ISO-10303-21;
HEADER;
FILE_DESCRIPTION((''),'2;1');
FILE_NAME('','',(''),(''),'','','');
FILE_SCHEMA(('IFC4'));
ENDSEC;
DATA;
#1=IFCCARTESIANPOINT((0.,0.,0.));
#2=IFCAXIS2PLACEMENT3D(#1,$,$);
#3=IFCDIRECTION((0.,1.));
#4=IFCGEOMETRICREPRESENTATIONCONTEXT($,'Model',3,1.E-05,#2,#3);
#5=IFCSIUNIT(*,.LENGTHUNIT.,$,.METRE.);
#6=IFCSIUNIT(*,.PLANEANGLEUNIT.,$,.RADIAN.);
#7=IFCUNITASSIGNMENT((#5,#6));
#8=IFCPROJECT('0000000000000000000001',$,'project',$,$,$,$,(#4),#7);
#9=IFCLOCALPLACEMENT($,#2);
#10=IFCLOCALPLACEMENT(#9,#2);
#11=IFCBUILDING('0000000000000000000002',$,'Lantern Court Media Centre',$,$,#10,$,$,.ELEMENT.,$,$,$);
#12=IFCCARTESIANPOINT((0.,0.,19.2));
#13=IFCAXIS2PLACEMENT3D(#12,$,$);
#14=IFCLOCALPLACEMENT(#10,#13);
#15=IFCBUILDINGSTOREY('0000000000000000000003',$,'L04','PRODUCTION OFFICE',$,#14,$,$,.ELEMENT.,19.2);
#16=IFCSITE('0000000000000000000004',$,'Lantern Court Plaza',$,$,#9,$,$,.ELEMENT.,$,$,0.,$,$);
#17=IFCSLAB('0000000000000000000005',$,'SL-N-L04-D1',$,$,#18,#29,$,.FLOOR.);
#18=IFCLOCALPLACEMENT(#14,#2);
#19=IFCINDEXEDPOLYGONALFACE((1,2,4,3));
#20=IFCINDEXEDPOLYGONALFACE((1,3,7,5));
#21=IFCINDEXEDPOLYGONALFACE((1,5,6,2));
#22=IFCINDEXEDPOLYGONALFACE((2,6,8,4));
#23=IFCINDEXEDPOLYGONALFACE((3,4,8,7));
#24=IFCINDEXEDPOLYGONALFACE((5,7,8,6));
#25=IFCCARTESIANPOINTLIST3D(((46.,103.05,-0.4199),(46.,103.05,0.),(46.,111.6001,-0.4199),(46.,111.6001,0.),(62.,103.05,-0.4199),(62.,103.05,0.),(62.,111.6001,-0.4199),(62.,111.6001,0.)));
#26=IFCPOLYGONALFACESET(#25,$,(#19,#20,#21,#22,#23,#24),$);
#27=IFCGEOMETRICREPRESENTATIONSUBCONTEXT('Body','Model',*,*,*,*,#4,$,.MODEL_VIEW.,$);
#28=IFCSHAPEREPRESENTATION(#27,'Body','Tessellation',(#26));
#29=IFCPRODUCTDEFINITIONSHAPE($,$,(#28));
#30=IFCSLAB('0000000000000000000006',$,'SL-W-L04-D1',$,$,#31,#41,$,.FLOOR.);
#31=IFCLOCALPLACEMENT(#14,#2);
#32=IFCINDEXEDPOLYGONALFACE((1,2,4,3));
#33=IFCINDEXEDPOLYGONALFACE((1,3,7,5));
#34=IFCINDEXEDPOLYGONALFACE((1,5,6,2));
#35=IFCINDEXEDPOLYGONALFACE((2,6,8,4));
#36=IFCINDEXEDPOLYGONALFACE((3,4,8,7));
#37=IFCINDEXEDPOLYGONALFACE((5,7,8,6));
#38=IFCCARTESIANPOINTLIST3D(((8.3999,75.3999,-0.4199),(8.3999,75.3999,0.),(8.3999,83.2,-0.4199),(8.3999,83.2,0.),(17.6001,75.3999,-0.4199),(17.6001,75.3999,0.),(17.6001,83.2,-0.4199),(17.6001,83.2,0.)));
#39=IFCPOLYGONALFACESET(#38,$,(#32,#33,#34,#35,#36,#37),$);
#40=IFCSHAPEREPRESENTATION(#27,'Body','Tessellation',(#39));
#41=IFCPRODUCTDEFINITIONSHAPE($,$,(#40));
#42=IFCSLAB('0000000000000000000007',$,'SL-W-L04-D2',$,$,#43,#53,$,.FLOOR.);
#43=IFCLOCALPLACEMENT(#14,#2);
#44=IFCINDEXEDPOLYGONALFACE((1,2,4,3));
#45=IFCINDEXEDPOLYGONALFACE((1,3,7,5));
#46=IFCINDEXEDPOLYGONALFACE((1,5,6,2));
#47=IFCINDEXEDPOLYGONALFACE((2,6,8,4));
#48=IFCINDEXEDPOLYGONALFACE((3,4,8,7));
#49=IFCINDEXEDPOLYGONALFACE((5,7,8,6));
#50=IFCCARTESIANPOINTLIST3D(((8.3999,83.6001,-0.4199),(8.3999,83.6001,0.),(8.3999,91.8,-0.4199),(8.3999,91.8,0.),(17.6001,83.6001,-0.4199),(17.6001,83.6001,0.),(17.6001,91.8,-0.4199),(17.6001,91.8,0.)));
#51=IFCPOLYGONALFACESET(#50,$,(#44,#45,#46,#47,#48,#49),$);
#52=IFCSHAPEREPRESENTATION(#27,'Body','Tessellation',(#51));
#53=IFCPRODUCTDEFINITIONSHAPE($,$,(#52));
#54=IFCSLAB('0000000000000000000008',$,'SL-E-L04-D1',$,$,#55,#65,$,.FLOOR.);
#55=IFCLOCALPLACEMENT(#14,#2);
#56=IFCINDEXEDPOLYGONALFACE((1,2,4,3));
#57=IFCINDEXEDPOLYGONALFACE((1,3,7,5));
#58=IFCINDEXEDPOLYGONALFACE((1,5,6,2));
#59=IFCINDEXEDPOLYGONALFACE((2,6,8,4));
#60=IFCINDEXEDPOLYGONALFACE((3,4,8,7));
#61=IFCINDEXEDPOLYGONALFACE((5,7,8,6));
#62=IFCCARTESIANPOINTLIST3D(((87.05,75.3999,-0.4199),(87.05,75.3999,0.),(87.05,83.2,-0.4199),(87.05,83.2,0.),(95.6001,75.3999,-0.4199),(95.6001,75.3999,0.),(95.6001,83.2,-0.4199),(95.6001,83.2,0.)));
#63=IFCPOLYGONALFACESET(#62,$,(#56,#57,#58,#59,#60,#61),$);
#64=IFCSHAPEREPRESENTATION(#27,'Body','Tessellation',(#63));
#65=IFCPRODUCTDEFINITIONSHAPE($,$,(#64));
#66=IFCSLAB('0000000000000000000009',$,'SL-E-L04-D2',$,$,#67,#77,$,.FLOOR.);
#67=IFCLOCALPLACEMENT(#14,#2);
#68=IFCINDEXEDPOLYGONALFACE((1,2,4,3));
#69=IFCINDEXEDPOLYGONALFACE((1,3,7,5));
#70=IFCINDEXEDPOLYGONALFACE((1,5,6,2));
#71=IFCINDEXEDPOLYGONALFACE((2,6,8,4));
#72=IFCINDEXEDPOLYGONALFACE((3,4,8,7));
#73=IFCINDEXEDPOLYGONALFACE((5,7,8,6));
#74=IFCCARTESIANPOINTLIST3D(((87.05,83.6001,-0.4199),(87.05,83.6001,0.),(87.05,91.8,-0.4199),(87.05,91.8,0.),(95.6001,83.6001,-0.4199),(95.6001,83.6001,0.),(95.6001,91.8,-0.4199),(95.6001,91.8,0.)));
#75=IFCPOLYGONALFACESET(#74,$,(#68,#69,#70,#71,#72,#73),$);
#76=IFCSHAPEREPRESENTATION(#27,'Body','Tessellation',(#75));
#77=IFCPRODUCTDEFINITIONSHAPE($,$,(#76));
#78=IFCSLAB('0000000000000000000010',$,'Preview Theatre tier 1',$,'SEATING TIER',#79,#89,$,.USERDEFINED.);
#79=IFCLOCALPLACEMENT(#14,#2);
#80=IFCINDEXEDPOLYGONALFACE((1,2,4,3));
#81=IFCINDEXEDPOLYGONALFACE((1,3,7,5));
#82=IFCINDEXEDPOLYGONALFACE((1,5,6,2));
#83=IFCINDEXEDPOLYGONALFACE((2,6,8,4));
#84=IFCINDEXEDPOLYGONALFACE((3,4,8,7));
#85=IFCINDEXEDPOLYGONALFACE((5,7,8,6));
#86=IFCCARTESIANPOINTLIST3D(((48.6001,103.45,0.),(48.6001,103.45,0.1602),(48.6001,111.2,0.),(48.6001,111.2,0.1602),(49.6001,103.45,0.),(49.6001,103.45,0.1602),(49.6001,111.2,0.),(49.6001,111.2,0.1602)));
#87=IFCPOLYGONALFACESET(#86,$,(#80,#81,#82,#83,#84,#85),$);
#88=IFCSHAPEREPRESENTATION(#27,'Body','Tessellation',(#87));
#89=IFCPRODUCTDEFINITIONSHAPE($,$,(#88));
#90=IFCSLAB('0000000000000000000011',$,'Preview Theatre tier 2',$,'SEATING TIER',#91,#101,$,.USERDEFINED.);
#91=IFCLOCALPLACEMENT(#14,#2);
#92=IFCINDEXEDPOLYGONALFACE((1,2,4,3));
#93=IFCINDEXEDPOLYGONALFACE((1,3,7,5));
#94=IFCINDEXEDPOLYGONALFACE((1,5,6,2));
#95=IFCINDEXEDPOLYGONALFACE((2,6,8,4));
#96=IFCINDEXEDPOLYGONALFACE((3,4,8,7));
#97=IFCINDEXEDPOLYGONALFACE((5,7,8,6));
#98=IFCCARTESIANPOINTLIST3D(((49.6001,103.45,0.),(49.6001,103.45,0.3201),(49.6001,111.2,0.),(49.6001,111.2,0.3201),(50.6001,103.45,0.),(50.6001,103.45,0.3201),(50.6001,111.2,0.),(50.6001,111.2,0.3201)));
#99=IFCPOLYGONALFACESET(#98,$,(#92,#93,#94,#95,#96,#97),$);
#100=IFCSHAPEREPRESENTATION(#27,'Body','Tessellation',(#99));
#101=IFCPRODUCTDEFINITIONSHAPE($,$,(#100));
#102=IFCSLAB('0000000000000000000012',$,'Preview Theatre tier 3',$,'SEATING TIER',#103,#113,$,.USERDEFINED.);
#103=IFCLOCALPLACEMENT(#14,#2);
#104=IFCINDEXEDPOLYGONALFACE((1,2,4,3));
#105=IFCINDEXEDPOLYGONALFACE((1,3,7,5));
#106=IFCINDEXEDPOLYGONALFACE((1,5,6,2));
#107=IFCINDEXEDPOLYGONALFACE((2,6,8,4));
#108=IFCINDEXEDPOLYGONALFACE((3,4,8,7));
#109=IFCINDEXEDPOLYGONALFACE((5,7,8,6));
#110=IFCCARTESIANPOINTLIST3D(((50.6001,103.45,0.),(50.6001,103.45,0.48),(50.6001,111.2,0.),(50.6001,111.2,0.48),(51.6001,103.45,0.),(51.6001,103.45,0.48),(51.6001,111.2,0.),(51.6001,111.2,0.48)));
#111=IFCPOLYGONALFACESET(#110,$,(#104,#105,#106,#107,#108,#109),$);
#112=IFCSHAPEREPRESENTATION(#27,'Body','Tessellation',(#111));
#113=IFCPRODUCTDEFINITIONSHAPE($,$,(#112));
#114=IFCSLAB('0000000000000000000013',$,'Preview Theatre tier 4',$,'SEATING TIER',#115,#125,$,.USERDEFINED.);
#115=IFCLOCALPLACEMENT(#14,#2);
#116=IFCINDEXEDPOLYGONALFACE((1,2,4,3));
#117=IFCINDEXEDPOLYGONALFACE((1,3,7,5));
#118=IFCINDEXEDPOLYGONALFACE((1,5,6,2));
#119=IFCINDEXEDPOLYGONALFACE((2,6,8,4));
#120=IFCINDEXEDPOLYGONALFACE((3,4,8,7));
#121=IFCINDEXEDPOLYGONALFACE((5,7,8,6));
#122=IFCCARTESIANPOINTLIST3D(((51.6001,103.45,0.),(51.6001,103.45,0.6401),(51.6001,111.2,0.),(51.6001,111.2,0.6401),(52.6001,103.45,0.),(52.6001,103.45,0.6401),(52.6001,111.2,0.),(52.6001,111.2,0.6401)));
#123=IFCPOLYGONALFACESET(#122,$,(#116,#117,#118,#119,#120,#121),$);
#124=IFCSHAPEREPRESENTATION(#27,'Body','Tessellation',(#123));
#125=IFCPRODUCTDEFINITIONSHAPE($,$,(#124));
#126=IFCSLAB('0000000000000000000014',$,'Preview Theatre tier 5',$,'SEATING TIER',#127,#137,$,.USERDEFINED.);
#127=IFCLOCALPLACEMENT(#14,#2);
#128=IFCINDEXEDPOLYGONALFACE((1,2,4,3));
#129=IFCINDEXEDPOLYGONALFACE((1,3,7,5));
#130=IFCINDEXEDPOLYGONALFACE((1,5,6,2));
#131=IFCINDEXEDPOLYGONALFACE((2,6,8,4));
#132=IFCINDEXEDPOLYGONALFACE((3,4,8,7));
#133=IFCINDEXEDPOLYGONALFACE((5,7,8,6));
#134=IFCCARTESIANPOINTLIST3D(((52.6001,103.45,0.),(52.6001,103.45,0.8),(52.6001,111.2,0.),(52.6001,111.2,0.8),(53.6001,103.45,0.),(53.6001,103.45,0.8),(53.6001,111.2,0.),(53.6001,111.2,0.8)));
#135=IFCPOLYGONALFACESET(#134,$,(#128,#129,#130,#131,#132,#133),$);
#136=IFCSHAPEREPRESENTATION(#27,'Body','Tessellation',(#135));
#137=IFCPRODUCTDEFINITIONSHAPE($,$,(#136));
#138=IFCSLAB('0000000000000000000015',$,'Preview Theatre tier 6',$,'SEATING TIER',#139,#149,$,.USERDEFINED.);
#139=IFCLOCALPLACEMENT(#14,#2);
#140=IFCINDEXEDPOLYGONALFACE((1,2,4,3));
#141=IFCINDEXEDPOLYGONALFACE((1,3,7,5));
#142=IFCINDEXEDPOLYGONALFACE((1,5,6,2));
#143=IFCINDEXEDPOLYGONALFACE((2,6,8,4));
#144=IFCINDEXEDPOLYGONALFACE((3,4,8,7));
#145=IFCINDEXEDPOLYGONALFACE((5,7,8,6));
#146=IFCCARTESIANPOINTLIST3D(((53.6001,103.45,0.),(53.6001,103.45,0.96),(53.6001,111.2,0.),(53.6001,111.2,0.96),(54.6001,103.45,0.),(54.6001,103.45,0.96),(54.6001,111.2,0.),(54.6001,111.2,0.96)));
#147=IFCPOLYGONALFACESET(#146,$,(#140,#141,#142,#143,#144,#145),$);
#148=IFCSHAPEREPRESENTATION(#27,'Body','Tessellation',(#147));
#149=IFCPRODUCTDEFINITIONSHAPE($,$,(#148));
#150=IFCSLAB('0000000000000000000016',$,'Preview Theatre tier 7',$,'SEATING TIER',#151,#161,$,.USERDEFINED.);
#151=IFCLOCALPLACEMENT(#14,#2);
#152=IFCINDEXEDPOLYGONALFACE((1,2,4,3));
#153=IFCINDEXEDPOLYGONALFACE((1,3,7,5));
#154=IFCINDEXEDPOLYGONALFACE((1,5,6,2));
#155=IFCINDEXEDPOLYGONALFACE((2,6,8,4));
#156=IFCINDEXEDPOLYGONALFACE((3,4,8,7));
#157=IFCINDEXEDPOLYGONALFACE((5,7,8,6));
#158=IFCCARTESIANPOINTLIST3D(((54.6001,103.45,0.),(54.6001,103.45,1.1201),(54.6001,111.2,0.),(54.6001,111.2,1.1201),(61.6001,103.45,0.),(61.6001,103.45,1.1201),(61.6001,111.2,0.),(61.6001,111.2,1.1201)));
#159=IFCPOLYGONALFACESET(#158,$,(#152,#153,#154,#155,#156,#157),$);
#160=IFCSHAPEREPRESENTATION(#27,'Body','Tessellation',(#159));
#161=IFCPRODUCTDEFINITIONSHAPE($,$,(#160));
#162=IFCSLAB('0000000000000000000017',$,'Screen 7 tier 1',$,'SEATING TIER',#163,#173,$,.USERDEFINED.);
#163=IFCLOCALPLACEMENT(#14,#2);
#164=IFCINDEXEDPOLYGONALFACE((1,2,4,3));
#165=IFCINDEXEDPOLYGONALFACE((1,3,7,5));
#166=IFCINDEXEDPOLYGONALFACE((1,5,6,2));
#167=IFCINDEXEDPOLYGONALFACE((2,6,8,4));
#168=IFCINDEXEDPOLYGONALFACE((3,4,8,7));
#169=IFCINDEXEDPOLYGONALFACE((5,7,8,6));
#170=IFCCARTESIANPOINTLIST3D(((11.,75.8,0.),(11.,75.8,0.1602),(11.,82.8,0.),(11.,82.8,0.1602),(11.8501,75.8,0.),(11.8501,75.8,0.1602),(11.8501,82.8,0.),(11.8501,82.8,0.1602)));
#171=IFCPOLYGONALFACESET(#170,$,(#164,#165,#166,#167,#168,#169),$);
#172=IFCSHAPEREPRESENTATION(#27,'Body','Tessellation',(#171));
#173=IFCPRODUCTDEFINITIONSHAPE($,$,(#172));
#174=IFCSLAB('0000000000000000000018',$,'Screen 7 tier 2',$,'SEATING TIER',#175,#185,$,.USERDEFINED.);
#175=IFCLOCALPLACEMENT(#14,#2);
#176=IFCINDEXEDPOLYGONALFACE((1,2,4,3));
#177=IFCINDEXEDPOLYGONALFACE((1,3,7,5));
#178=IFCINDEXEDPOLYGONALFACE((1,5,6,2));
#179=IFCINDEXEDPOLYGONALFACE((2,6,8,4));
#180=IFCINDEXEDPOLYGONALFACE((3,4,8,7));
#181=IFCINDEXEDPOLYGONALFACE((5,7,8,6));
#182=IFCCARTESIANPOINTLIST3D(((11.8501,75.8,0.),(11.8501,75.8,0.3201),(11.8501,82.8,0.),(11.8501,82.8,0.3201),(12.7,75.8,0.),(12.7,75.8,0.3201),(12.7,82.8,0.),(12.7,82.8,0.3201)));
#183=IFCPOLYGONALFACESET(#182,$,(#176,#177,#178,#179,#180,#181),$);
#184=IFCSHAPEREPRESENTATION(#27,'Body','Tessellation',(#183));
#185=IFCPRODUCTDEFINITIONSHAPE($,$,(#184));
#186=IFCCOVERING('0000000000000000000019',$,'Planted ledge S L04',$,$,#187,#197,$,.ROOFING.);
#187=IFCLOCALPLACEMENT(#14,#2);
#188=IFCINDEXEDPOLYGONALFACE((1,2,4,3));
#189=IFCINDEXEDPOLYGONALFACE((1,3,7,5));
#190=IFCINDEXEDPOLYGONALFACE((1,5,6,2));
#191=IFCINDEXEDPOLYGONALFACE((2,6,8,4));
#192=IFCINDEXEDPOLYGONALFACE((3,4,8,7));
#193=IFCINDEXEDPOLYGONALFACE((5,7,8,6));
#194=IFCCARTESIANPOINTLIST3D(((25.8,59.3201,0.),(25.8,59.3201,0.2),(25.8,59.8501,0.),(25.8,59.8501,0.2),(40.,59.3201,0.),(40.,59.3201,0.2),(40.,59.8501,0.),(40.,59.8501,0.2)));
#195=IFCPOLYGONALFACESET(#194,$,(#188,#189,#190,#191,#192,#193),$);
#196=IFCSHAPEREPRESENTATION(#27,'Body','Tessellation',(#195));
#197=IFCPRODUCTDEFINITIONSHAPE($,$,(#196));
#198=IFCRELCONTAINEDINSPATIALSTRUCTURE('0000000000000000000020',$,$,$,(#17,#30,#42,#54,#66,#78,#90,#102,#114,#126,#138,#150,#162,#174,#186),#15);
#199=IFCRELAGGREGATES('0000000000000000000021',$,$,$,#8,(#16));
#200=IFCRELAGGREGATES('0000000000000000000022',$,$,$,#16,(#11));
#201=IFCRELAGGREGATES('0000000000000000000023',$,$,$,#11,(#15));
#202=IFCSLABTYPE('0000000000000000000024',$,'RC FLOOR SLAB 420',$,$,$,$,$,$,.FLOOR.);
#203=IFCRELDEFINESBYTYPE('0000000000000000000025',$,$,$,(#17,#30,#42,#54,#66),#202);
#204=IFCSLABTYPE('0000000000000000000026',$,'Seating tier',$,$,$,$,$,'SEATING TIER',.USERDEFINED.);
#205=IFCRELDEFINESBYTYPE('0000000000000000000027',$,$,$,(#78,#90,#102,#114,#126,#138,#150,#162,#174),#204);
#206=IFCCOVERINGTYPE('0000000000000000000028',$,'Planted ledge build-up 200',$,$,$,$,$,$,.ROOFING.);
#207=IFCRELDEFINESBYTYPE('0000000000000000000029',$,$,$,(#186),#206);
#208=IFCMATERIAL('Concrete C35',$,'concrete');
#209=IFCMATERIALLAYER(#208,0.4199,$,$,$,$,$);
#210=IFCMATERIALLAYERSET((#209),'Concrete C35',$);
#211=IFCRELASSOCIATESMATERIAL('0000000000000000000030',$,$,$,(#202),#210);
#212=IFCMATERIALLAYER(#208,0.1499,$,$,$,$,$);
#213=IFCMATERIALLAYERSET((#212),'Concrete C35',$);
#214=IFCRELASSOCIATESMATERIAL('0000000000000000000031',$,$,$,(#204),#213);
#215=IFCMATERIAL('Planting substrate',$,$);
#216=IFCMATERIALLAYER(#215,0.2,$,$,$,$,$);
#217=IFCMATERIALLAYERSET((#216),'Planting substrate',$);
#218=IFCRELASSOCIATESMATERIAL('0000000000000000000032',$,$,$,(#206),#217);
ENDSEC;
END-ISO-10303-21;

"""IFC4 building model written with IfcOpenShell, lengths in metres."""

from ifc_helpers import new_model, si_unit, direction, frame, origin, place, context, subcontext, project, spatial, polyline, outline, extrude, material, layer, layer_set, type_object, element, save


model = new_model("IFC4")

# Units and contexts
model_context = context("Model", 3, precision=1e-05, world=origin(), true_north=direction((0.0, 1.0)))
body_context = subcontext(model_context, "Body", "Model", "MODEL_VIEW")
ifc_project = project(units=[si_unit("LENGTHUNIT", "METRE"), si_unit("PLANEANGLEUNIT", "RADIAN")], contexts=[model_context])

# Site, building, storey
site_placement = place(None, origin())
site = spatial("IfcSite", under=ifc_project, at=site_placement, Name="Lantern Court Plaza", CompositionType="ELEMENT", RefElevation=0.0)
building_placement = place(site_placement, origin())
building = spatial("IfcBuilding", under=site, at=building_placement, Name="Lantern Court Media Centre", CompositionType="ELEMENT")
storey_placement = place(building_placement, frame((0.0, 0.0, 19.2)))
storey = spatial("IfcBuildingStorey", under=building, at=storey_placement, Name="L04", Description="PRODUCTION OFFICE", CompositionType="ELEMENT", Elevation=19.2)

# Slabs
ifc_material_1 = material(Name="Concrete C35", Category="concrete")
ifc_layer_1 = layer(ifc_material_1, 0.4199)
ifc_layer_set_1 = layer_set([ifc_layer_1], Name="Concrete C35")
slab_type_1 = type_object("IfcSlabType", Name="RC FLOOR SLAB 420", PredefinedType="FLOOR", material=ifc_layer_set_1)
slab_1_placement = place(storey_placement, frame((0.0, 0.0, -0.4199)))
element("IfcSlab", 1, at=slab_1_placement, inside=storey, type_object=slab_type_1, Name="SL-N-L04-D1", PredefinedType="FLOOR", context=body_context, shape_type="SweptSolid", body=[
    extrude(outline(polyline([(62.0, 103.05), (62.0, 111.6001), (46.0, 111.6001), (46.0, 103.05), (62.0, 103.05)])), origin(), (0.0, 0.0, 1.0), 0.4199),
])
slab_2_placement = place(storey_placement, frame((0.0, 0.0, -0.4199)))
element("IfcSlab", 2, at=slab_2_placement, inside=storey, type_object=slab_type_1, Name="SL-W-L04-D1", PredefinedType="FLOOR", context=body_context, shape_type="SweptSolid", body=[
    extrude(outline(polyline([(17.6001, 75.3999), (17.6001, 83.2), (8.3999, 83.2), (8.3999, 75.3999), (17.6001, 75.3999)])), origin(), (0.0, 0.0, 1.0), 0.4199),
])
slab_3_placement = place(storey_placement, frame((0.0, 0.0, -0.4199)))
element("IfcSlab", 3, at=slab_3_placement, inside=storey, type_object=slab_type_1, Name="SL-W-L04-D2", PredefinedType="FLOOR", context=body_context, shape_type="SweptSolid", body=[
    extrude(outline(polyline([(17.6001, 83.6001), (17.6001, 91.8), (8.3999, 91.8), (8.3999, 83.6001), (17.6001, 83.6001)])), origin(), (0.0, 0.0, 1.0), 0.4199),
])
slab_4_placement = place(storey_placement, frame((0.0, 0.0, -0.4199)))
element("IfcSlab", 4, at=slab_4_placement, inside=storey, type_object=slab_type_1, Name="SL-E-L04-D1", PredefinedType="FLOOR", context=body_context, shape_type="SweptSolid", body=[
    extrude(outline(polyline([(95.6001, 75.3999), (95.6001, 83.2), (87.05, 83.2), (87.05, 75.3999), (95.6001, 75.3999)])), origin(), (0.0, 0.0, 1.0), 0.4199),
])
slab_5_placement = place(storey_placement, frame((0.0, 0.0, -0.4199)))
element("IfcSlab", 5, at=slab_5_placement, inside=storey, type_object=slab_type_1, Name="SL-E-L04-D2", PredefinedType="FLOOR", context=body_context, shape_type="SweptSolid", body=[
    extrude(outline(polyline([(95.6001, 83.6001), (95.6001, 91.8), (87.05, 91.8), (87.05, 83.6001), (95.6001, 83.6001)])), origin(), (0.0, 0.0, 1.0), 0.4199),
])
ifc_layer_2 = layer(ifc_material_1, 0.1499)
ifc_layer_set_2 = layer_set([ifc_layer_2], Name="Concrete C35")
slab_type_2 = type_object("IfcSlabType", Name="Seating tier", ElementType="SEATING TIER", PredefinedType="USERDEFINED", material=ifc_layer_set_2)
slab_6_placement = place(storey_placement, origin())
element("IfcSlab", 6, at=slab_6_placement, inside=storey, type_object=slab_type_2, Name="Preview Theatre tier 1", ObjectType="SEATING TIER", PredefinedType="USERDEFINED", context=body_context, shape_type="SweptSolid", body=[
    extrude(outline(polyline([(48.6001, 103.45), (49.6001, 103.45), (49.6001, 111.2), (48.6001, 111.2), (48.6001, 103.45)])), origin(), (0.0, 0.0, 1.0), 0.1602),
])
slab_7_placement = place(storey_placement, origin())
element("IfcSlab", 7, at=slab_7_placement, inside=storey, type_object=slab_type_2, Name="Preview Theatre tier 2", ObjectType="SEATING TIER", PredefinedType="USERDEFINED", context=body_context, shape_type="SweptSolid", body=[
    extrude(outline(polyline([(49.6001, 103.45), (50.6001, 103.45), (50.6001, 111.2), (49.6001, 111.2), (49.6001, 103.45)])), origin(), (0.0, 0.0, 1.0), 0.3201),
])
slab_8_placement = place(storey_placement, origin())
element("IfcSlab", 8, at=slab_8_placement, inside=storey, type_object=slab_type_2, Name="Preview Theatre tier 3", ObjectType="SEATING TIER", PredefinedType="USERDEFINED", context=body_context, shape_type="SweptSolid", body=[
    extrude(outline(polyline([(50.6001, 103.45), (51.6001, 103.45), (51.6001, 111.2), (50.6001, 111.2), (50.6001, 103.45)])), origin(), (0.0, 0.0, 1.0), 0.48),
])
slab_9_placement = place(storey_placement, origin())
element("IfcSlab", 9, at=slab_9_placement, inside=storey, type_object=slab_type_2, Name="Preview Theatre tier 4", ObjectType="SEATING TIER", PredefinedType="USERDEFINED", context=body_context, shape_type="SweptSolid", body=[
    extrude(outline(polyline([(51.6001, 103.45), (52.6001, 103.45), (52.6001, 111.2), (51.6001, 111.2), (51.6001, 103.45)])), origin(), (0.0, 0.0, 1.0), 0.6401),
])
slab_10_placement = place(storey_placement, origin())
element("IfcSlab", 10, at=slab_10_placement, inside=storey, type_object=slab_type_2, Name="Preview Theatre tier 5", ObjectType="SEATING TIER", PredefinedType="USERDEFINED", context=body_context, shape_type="SweptSolid", body=[
    extrude(outline(polyline([(52.6001, 103.45), (53.6001, 103.45), (53.6001, 111.2), (52.6001, 111.2), (52.6001, 103.45)])), origin(), (0.0, 0.0, 1.0), 0.8),
])
slab_11_placement = place(storey_placement, origin())
element("IfcSlab", 11, at=slab_11_placement, inside=storey, type_object=slab_type_2, Name="Preview Theatre tier 6", ObjectType="SEATING TIER", PredefinedType="USERDEFINED", context=body_context, shape_type="SweptSolid", body=[
    extrude(outline(polyline([(53.6001, 103.45), (54.6001, 103.45), (54.6001, 111.2), (53.6001, 111.2), (53.6001, 103.45)])), origin(), (0.0, 0.0, 1.0), 0.96),
])
slab_12_placement = place(storey_placement, origin())
element("IfcSlab", 12, at=slab_12_placement, inside=storey, type_object=slab_type_2, Name="Preview Theatre tier 7", ObjectType="SEATING TIER", PredefinedType="USERDEFINED", context=body_context, shape_type="SweptSolid", body=[
    extrude(outline(polyline([(54.6001, 103.45), (61.6001, 103.45), (61.6001, 111.2), (54.6001, 111.2), (54.6001, 103.45)])), origin(), (0.0, 0.0, 1.0), 1.1201),
])
slab_13_placement = place(storey_placement, origin())
element("IfcSlab", 13, at=slab_13_placement, inside=storey, type_object=slab_type_2, Name="Screen 7 tier 1", ObjectType="SEATING TIER", PredefinedType="USERDEFINED", context=body_context, shape_type="SweptSolid", body=[
    extrude(outline(polyline([(11.0, 75.8), (11.8501, 75.8), (11.8501, 82.8), (11.0, 82.8), (11.0, 75.8)])), origin(), (0.0, 0.0, 1.0), 0.1602),
])
slab_14_placement = place(storey_placement, origin())
element("IfcSlab", 14, at=slab_14_placement, inside=storey, type_object=slab_type_2, Name="Screen 7 tier 2", ObjectType="SEATING TIER", PredefinedType="USERDEFINED", context=body_context, shape_type="SweptSolid", body=[
    extrude(outline(polyline([(11.8501, 75.8), (12.7, 75.8), (12.7, 82.8), (11.8501, 82.8), (11.8501, 75.8)])), origin(), (0.0, 0.0, 1.0), 0.3201),
])

# Covering
ifc_material_2 = material(Name="Planting substrate")
ifc_layer_3 = layer(ifc_material_2, 0.2)
ifc_layer_set_3 = layer_set([ifc_layer_3], Name="Planting substrate")
covering_type = type_object("IfcCoveringType", Name="Planted ledge build-up 200", PredefinedType="ROOFING", material=ifc_layer_set_3)
covering_1_placement = place(storey_placement, origin())
element("IfcCovering", 15, at=covering_1_placement, inside=storey, type_object=covering_type, Name="Planted ledge S L04", PredefinedType="ROOFING", context=body_context, shape_type="SweptSolid", body=[
    extrude(outline(polyline([(25.8, 59.8501), (40.0, 59.8501), (40.0, 59.3201), (25.8, 59.3201), (25.8, 59.8501)])), origin(), (0.0, 0.0, 1.0), 0.2),
])

save(model, "model.ifc")
